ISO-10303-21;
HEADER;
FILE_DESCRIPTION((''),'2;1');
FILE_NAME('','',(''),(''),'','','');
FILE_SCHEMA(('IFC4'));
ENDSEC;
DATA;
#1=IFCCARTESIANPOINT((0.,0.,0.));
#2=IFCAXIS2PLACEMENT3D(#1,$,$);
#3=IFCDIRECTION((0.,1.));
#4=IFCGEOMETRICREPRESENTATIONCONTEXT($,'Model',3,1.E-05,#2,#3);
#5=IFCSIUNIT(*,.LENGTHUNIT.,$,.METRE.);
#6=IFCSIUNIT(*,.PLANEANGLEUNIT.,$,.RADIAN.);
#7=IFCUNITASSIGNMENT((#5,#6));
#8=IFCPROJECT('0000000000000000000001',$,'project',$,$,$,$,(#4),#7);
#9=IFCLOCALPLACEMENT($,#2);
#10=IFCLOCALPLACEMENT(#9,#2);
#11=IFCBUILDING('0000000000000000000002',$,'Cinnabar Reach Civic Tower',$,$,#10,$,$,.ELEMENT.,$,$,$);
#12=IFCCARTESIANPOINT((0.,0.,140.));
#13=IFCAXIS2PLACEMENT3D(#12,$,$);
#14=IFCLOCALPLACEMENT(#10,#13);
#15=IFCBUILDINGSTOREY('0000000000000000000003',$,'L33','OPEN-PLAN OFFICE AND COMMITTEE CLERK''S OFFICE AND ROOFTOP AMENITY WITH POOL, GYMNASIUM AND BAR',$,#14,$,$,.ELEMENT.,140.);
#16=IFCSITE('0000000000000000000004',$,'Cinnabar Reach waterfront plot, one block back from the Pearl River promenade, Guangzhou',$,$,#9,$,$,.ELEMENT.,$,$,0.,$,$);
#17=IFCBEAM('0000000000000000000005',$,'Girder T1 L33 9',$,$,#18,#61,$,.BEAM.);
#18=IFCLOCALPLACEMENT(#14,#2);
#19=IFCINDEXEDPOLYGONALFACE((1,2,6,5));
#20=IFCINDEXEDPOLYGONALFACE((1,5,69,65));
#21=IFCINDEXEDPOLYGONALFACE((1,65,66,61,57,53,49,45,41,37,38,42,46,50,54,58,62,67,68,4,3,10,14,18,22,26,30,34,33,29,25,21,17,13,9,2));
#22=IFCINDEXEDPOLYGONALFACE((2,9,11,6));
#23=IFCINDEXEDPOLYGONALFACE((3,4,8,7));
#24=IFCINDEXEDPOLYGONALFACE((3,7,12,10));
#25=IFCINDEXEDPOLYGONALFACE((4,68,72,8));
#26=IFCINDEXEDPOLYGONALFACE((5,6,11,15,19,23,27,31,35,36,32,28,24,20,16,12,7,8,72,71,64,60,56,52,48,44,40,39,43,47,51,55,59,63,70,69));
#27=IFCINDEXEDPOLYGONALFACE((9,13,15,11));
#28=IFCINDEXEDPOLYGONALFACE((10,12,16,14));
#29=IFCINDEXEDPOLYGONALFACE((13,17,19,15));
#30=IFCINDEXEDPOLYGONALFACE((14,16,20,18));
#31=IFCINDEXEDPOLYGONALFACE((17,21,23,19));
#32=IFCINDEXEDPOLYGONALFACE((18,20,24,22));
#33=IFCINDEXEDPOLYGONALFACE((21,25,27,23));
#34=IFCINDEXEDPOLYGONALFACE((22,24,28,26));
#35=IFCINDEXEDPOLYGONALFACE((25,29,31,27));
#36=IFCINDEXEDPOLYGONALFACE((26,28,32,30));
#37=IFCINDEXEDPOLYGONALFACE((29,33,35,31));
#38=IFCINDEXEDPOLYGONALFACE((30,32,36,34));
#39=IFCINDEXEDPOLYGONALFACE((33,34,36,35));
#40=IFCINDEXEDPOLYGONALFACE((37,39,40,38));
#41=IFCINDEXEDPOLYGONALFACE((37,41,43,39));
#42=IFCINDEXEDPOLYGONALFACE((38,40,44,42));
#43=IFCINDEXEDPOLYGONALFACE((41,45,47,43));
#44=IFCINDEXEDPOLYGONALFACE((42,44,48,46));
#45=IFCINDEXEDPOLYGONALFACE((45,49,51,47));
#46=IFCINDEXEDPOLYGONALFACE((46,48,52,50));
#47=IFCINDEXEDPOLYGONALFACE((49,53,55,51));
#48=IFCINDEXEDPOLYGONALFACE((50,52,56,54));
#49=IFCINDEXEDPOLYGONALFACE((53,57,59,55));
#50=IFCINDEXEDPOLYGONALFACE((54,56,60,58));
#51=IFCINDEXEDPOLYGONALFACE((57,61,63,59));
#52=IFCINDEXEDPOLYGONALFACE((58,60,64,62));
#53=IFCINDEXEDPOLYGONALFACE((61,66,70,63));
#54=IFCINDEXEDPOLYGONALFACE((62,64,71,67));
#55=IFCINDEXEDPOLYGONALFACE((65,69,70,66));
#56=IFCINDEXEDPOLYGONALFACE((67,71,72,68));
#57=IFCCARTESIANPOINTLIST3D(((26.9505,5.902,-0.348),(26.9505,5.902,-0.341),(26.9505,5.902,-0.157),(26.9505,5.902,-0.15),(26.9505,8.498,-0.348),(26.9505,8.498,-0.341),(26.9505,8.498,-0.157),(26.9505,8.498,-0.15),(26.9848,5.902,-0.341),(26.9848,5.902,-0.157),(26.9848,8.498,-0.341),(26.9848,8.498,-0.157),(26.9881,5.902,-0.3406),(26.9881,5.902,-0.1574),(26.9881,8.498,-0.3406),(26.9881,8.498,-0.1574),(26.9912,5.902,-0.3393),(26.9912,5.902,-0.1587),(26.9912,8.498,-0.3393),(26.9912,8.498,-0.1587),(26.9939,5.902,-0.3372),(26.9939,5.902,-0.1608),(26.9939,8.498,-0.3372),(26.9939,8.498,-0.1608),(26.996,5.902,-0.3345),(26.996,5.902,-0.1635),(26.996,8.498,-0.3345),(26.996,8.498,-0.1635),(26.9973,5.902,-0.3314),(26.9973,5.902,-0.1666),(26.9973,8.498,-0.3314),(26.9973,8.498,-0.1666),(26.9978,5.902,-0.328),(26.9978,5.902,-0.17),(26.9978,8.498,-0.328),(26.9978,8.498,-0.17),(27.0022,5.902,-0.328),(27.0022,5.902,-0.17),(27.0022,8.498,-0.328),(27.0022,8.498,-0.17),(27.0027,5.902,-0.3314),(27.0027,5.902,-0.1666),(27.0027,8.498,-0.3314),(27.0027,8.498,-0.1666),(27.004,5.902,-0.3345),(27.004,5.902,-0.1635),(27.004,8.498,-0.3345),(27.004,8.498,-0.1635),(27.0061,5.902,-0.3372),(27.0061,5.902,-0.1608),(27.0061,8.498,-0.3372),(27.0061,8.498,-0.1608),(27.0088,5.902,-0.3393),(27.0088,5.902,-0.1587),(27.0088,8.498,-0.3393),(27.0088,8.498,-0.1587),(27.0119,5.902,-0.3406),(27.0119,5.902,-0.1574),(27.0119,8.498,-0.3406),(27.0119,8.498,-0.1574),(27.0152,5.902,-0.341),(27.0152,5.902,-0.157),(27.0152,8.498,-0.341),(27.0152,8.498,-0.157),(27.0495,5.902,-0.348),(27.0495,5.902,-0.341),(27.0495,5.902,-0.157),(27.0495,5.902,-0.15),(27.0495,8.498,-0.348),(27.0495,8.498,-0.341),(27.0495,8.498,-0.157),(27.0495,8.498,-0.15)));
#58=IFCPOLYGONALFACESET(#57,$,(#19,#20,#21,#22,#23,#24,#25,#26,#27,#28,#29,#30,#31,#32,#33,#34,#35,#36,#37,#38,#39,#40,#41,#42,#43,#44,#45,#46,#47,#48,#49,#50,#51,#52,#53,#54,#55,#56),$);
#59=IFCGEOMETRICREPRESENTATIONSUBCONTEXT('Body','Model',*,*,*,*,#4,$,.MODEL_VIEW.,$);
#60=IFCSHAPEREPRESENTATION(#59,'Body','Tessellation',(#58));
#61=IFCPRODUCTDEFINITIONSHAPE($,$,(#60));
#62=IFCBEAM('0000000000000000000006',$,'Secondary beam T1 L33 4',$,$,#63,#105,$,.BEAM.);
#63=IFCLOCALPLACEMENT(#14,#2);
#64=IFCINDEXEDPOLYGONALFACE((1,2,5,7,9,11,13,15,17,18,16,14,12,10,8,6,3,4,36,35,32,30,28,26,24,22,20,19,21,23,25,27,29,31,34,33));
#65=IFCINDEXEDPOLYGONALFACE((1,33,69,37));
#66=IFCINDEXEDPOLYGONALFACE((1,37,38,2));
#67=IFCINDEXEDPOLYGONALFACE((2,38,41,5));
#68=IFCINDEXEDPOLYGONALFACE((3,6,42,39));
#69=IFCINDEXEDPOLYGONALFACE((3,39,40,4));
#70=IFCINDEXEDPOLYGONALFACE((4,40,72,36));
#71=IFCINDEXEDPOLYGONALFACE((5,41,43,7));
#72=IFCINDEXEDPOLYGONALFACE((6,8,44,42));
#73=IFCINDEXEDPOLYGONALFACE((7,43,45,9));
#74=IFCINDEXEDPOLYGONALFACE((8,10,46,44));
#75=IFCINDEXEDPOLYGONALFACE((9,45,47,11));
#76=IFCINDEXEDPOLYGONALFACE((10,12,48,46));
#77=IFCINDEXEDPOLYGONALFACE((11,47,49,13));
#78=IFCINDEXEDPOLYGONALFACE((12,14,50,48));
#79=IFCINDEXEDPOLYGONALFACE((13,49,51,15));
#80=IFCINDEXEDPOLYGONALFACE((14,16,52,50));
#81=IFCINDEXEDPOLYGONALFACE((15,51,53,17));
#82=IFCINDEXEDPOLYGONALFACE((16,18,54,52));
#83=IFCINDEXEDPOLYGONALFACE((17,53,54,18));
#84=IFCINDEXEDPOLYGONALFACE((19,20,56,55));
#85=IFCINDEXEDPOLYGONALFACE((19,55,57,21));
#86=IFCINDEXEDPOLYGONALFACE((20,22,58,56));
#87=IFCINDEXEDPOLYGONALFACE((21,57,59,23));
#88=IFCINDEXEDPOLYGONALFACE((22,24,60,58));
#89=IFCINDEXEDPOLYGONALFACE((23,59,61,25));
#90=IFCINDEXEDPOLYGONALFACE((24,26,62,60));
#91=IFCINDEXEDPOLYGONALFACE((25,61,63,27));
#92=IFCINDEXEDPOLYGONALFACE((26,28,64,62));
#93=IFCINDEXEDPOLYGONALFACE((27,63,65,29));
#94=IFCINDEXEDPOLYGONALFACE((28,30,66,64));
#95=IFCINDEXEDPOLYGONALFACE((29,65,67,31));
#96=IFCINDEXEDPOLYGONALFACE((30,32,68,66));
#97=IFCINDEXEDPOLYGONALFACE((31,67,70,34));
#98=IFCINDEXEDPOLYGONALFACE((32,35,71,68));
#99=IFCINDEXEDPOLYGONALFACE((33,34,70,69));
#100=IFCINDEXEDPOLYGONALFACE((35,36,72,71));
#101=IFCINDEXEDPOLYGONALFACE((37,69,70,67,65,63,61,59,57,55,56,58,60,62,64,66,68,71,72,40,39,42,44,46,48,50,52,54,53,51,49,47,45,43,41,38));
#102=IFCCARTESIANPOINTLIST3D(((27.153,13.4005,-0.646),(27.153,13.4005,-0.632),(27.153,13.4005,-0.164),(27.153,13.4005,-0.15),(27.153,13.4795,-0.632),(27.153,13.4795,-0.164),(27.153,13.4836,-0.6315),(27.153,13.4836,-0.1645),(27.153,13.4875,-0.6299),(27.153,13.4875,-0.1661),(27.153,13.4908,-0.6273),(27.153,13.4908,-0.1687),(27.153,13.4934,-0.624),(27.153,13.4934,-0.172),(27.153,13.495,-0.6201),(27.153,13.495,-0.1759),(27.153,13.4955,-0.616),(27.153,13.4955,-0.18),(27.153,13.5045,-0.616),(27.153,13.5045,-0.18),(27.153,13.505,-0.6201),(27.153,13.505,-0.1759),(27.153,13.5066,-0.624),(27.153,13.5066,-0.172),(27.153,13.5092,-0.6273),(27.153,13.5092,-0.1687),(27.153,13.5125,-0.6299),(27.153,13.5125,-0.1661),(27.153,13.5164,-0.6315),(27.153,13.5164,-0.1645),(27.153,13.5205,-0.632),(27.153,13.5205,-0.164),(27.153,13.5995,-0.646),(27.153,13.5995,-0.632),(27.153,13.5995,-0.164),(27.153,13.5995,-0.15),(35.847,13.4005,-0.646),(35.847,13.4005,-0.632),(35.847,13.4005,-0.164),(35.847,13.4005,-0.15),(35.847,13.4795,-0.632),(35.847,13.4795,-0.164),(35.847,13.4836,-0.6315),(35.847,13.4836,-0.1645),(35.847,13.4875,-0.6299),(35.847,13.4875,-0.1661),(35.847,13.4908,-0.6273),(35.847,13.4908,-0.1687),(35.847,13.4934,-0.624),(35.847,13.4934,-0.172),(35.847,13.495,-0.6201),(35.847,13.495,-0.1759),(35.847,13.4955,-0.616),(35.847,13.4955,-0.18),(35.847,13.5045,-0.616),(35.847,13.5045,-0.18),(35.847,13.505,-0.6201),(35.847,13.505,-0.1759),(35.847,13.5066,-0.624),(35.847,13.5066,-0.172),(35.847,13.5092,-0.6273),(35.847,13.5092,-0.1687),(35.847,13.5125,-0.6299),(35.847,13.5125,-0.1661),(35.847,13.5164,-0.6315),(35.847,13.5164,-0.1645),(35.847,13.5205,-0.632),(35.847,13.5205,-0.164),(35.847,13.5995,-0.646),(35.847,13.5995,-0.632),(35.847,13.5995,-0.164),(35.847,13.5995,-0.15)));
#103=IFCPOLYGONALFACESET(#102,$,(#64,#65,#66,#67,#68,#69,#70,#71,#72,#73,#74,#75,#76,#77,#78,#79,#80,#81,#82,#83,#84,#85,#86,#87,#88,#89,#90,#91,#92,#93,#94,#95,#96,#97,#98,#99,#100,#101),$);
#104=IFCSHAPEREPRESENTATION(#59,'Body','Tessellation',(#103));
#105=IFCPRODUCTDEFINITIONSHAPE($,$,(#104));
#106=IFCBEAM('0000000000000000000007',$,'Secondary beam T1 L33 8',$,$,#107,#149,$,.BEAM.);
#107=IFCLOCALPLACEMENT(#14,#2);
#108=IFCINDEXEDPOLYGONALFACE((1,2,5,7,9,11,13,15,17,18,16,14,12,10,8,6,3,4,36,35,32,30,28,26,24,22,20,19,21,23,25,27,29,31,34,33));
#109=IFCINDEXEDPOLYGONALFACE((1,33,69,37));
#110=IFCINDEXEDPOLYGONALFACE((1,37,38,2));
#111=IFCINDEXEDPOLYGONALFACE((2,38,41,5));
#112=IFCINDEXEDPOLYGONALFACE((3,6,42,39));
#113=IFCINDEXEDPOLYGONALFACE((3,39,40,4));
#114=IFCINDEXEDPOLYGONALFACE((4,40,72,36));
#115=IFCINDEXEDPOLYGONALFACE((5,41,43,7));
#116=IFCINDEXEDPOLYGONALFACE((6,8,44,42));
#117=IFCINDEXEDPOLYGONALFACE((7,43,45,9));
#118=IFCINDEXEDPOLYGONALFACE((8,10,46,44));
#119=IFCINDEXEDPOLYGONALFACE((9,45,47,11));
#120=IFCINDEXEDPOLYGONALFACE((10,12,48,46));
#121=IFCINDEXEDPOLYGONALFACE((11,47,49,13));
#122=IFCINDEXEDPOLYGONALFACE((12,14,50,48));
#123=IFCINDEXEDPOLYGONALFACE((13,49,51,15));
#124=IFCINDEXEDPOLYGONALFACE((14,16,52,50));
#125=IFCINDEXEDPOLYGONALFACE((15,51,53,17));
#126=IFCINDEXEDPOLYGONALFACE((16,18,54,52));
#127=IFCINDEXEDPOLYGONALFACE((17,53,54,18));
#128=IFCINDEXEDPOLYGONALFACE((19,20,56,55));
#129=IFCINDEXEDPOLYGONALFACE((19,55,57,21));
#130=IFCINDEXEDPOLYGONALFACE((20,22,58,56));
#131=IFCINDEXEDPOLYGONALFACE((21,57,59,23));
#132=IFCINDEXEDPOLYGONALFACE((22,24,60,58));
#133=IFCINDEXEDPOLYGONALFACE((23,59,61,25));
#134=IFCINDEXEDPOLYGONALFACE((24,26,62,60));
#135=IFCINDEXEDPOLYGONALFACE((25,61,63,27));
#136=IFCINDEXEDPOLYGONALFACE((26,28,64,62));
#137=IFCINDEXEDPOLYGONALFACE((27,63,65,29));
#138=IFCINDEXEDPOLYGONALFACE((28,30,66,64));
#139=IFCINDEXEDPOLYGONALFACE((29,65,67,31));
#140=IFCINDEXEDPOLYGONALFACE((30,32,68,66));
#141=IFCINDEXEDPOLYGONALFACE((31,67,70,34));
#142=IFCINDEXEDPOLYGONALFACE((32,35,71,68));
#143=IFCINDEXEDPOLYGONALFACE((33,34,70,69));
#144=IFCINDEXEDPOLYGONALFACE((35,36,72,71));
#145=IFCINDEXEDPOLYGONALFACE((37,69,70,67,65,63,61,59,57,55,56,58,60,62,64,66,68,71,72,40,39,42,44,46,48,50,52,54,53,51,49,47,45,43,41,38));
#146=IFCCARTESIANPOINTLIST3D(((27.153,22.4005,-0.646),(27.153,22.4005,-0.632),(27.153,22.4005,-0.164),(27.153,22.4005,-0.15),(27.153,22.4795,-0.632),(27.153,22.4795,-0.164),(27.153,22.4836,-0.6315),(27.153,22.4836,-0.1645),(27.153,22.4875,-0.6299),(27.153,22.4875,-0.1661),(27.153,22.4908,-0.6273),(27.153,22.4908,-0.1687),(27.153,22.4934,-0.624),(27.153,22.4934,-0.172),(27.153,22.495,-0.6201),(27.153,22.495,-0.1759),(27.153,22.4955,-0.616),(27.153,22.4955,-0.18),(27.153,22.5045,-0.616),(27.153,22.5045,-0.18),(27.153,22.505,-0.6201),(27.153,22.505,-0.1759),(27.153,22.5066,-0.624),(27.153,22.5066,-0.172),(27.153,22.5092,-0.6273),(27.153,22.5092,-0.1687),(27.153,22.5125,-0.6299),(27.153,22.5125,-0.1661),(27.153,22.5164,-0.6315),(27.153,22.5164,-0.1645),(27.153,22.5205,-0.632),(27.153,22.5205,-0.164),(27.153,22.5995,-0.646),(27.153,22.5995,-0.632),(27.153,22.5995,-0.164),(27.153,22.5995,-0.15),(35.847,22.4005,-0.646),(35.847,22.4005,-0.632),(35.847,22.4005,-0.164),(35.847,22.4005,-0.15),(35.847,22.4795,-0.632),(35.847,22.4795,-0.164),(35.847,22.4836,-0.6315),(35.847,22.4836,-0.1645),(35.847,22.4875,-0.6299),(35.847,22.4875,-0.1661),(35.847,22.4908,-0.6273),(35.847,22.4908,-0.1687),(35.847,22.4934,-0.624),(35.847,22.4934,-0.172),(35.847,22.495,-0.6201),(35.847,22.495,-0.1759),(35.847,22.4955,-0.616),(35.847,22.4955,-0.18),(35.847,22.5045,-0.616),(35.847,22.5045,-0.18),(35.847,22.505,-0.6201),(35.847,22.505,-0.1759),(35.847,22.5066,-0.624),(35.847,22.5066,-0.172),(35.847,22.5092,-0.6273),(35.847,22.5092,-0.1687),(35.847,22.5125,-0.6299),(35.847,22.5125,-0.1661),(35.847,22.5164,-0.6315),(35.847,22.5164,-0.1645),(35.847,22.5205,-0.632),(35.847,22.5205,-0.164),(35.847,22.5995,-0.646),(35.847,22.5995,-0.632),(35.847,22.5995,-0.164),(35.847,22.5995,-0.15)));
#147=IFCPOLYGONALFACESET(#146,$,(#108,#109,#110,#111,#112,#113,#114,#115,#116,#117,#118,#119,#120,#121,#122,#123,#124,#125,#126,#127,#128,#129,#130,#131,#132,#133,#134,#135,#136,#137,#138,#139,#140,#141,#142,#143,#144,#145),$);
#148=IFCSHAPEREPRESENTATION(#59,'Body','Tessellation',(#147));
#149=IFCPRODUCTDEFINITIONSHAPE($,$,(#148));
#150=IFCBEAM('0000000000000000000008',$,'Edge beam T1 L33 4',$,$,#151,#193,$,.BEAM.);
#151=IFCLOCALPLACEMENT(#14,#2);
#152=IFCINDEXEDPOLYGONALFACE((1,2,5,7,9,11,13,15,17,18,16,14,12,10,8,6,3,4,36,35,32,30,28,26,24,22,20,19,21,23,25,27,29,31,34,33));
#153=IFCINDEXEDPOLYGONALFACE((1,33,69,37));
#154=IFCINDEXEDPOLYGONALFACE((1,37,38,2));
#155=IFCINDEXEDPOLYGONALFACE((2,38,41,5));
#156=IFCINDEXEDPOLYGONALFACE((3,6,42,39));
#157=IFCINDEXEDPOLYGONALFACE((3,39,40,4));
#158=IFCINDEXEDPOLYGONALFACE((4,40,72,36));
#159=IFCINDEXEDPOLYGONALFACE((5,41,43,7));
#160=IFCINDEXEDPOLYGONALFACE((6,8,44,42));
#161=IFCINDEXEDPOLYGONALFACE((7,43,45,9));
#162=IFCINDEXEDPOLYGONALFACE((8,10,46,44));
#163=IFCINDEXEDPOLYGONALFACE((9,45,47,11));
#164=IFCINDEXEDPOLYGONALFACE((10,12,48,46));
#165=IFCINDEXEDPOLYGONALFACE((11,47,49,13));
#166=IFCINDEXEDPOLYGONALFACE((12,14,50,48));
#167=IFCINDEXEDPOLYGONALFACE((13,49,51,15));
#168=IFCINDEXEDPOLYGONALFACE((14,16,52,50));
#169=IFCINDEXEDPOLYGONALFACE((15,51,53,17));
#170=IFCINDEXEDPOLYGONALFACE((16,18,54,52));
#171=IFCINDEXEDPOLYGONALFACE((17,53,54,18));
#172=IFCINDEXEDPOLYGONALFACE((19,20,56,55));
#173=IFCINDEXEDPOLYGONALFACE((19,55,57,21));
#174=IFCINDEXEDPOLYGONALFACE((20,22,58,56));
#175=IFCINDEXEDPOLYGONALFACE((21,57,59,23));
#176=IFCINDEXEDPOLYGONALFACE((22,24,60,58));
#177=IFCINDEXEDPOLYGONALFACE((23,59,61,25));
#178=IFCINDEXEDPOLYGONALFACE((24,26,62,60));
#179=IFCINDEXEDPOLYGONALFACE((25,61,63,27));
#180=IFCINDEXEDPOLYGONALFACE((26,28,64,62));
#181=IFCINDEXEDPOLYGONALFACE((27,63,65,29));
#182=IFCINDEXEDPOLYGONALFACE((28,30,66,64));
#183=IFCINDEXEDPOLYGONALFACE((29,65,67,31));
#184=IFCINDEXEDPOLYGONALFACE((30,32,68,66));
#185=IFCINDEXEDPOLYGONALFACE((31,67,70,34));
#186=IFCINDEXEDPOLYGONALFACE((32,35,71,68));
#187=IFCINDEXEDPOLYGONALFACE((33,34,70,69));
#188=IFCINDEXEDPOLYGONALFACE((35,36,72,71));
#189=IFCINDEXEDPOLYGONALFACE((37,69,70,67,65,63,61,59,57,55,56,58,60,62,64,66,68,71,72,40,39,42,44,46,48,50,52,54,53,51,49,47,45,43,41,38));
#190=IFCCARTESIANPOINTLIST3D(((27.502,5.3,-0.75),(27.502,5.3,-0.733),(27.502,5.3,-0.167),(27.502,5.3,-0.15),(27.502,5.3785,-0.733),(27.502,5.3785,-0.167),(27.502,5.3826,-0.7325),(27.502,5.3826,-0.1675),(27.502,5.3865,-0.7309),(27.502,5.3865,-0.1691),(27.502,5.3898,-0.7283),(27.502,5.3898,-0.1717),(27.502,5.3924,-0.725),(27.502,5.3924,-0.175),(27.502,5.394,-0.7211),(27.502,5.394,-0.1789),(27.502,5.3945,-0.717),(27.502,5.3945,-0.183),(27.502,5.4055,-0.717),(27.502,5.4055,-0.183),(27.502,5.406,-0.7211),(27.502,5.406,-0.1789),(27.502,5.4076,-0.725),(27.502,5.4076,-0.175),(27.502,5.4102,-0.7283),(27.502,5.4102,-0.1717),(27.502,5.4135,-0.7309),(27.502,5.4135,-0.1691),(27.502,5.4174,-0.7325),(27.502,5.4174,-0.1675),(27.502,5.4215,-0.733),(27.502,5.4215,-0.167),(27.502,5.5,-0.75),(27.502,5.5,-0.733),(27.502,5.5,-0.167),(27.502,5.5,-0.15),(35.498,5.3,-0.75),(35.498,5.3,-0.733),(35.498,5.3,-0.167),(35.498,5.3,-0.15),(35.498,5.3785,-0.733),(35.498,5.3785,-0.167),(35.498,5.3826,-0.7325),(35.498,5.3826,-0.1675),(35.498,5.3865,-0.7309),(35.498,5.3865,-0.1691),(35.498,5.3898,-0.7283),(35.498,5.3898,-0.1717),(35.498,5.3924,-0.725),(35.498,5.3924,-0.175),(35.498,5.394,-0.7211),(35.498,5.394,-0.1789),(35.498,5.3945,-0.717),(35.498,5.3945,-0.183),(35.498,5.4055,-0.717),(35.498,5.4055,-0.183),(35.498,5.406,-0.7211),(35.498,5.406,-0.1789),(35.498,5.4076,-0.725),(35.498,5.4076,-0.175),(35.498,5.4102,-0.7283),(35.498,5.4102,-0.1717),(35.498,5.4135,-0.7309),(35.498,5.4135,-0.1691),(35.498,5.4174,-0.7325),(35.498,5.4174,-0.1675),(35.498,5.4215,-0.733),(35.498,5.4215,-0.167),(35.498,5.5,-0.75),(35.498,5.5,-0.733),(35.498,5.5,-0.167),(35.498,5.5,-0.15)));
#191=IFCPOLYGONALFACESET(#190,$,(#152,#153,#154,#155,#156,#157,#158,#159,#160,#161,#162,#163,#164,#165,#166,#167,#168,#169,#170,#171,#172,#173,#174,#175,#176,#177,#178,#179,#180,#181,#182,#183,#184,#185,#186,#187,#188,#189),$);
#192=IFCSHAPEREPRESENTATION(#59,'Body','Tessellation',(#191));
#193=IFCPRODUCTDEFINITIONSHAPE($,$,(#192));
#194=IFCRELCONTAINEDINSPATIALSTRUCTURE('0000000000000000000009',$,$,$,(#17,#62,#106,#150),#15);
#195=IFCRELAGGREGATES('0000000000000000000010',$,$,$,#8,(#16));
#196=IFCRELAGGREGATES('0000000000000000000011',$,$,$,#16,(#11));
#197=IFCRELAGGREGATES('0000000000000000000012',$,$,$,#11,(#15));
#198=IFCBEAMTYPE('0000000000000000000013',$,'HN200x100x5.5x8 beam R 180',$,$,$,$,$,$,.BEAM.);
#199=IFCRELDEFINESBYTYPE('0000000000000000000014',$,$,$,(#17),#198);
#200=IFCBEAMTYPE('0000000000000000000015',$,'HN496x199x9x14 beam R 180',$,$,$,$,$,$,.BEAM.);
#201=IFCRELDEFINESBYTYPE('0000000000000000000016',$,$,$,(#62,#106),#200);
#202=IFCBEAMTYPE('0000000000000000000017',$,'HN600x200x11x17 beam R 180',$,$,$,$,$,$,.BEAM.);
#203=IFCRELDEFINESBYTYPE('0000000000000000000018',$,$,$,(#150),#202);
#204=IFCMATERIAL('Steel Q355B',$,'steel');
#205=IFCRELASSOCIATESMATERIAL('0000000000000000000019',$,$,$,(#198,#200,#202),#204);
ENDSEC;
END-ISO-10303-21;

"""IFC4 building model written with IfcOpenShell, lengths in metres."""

from ifc_helpers import new_model, si_unit, direction, frame, origin, origin_2d, place, context, subcontext, project, spatial, i_section, extrude, material, material_profile, profile_set, type_object, element, save


model = new_model("IFC4")

# Units and contexts
model_context = context("Model", 3, precision=1e-05, world=origin(), true_north=direction((0.0, 1.0)))
body_context = subcontext(model_context, "Body", "Model", "MODEL_VIEW")
ifc_project = project(units=[si_unit("LENGTHUNIT", "METRE"), si_unit("PLANEANGLEUNIT", "RADIAN")], contexts=[model_context])

# Site, building, storey
site_placement = place(None, origin())
site = spatial("IfcSite", under=ifc_project, at=site_placement, Name="Cinnabar Reach waterfront plot, one block back from the Pearl River promenade, Guangzhou", CompositionType="ELEMENT", RefElevation=0.0)
building_placement = place(site_placement, origin())
building = spatial("IfcBuilding", under=site, at=building_placement, Name="Cinnabar Reach Civic Tower", CompositionType="ELEMENT")
storey_placement = place(building_placement, frame((0.0, 0.0, 140.0)))
storey = spatial("IfcBuildingStorey", under=building, at=storey_placement, Name="L33", Description="OPEN-PLAN OFFICE AND COMMITTEE CLERK'S OFFICE AND ROOFTOP AMENITY WITH POOL, GYMNASIUM AND BAR", CompositionType="ELEMENT", Elevation=140.0)

# Beams
ifc_material_1 = material(Name="Steel Q355B", Category="steel")
ifc_material_profile_1 = material_profile(ifc_material_1, i_section(OverallWidth=0.099, OverallDepth=0.198, WebThickness=0.0045, FlangeThickness=0.007, FilletRadius=0.013, at=origin_2d()), Name="HN200x100x5.5x8")
ifc_profile_set_1 = profile_set([ifc_material_profile_1], Name="Steel Q355B")
beam_type_1 = type_object("IfcBeamType", Name="HN200x100x5.5x8 beam R 180", PredefinedType="BEAM", material=ifc_profile_set_1)
beam_1_placement = place(storey_placement, frame((27.0, 5.902, -0.249), z_axis=(0.0, 1.0, 0.0), x_axis=(-1.0, 0.0, 0.0)))
element("IfcBeam", 1, at=beam_1_placement, inside=storey, type_object=beam_type_1, Name="Girder T1 L33 9", PredefinedType="BEAM", context=body_context, shape_type="SweptSolid", body=[
    extrude(i_section(OverallWidth=0.099, OverallDepth=0.198, WebThickness=0.0045, FlangeThickness=0.007, FilletRadius=0.013, at=origin_2d()), origin(), (0.0, 0.0, 1.0), 2.596),
])
ifc_material_profile_2 = material_profile(ifc_material_1, i_section(OverallWidth=0.199, OverallDepth=0.496, WebThickness=0.009, FlangeThickness=0.014, FilletRadius=0.016, at=origin_2d()), Name="HN496x199x9x14")
ifc_profile_set_2 = profile_set([ifc_material_profile_2], Name="Steel Q355B")
beam_type_2 = type_object("IfcBeamType", Name="HN496x199x9x14 beam R 180", PredefinedType="BEAM", material=ifc_profile_set_2)
for number, where, z_axis, x_axis, name in (
    (2, (27.153, 13.5, -0.398), (1.0, 0.0, 0.0), (0.0, 1.0, 0.0), "Secondary beam T1 L33 4"),
    (3, (27.153, 22.5, -0.398), (1.0, 0.0, 0.0), (0.0, 1.0, 0.0), "Secondary beam T1 L33 8"),
):
    element("IfcBeam", number, at=place(storey_placement, frame(where, z_axis=z_axis, x_axis=x_axis)), inside=storey, type_object=beam_type_2, Name=name, PredefinedType="BEAM", context=body_context, shape_type="SweptSolid", body=[
        extrude(i_section(OverallWidth=0.199, OverallDepth=0.496, WebThickness=0.009, FlangeThickness=0.014, FilletRadius=0.016, at=origin_2d()), origin(), (0.0, 0.0, 1.0), 8.694),
    ])
ifc_material_profile_3 = material_profile(ifc_material_1, i_section(OverallWidth=0.2, OverallDepth=0.6, WebThickness=0.011, FlangeThickness=0.017, FilletRadius=0.016, at=origin_2d()), Name="HN600x200x11x17")
ifc_profile_set_3 = profile_set([ifc_material_profile_3], Name="Steel Q355B")
beam_type_3 = type_object("IfcBeamType", Name="HN600x200x11x17 beam R 180", PredefinedType="BEAM", material=ifc_profile_set_3)
beam_2_placement = place(storey_placement, frame((27.502, 5.4, -0.45), z_axis=(1.0, 0.0, 0.0), x_axis=(0.0, 1.0, 0.0)))
element("IfcBeam", 4, at=beam_2_placement, inside=storey, type_object=beam_type_3, Name="Edge beam T1 L33 4", PredefinedType="BEAM", context=body_context, shape_type="SweptSolid", body=[
    extrude(i_section(OverallWidth=0.2, OverallDepth=0.6, WebThickness=0.011, FlangeThickness=0.017, FilletRadius=0.016, at=origin_2d()), origin(), (0.0, 0.0, 1.0), 7.996),
])

save(model, "model.ifc")
